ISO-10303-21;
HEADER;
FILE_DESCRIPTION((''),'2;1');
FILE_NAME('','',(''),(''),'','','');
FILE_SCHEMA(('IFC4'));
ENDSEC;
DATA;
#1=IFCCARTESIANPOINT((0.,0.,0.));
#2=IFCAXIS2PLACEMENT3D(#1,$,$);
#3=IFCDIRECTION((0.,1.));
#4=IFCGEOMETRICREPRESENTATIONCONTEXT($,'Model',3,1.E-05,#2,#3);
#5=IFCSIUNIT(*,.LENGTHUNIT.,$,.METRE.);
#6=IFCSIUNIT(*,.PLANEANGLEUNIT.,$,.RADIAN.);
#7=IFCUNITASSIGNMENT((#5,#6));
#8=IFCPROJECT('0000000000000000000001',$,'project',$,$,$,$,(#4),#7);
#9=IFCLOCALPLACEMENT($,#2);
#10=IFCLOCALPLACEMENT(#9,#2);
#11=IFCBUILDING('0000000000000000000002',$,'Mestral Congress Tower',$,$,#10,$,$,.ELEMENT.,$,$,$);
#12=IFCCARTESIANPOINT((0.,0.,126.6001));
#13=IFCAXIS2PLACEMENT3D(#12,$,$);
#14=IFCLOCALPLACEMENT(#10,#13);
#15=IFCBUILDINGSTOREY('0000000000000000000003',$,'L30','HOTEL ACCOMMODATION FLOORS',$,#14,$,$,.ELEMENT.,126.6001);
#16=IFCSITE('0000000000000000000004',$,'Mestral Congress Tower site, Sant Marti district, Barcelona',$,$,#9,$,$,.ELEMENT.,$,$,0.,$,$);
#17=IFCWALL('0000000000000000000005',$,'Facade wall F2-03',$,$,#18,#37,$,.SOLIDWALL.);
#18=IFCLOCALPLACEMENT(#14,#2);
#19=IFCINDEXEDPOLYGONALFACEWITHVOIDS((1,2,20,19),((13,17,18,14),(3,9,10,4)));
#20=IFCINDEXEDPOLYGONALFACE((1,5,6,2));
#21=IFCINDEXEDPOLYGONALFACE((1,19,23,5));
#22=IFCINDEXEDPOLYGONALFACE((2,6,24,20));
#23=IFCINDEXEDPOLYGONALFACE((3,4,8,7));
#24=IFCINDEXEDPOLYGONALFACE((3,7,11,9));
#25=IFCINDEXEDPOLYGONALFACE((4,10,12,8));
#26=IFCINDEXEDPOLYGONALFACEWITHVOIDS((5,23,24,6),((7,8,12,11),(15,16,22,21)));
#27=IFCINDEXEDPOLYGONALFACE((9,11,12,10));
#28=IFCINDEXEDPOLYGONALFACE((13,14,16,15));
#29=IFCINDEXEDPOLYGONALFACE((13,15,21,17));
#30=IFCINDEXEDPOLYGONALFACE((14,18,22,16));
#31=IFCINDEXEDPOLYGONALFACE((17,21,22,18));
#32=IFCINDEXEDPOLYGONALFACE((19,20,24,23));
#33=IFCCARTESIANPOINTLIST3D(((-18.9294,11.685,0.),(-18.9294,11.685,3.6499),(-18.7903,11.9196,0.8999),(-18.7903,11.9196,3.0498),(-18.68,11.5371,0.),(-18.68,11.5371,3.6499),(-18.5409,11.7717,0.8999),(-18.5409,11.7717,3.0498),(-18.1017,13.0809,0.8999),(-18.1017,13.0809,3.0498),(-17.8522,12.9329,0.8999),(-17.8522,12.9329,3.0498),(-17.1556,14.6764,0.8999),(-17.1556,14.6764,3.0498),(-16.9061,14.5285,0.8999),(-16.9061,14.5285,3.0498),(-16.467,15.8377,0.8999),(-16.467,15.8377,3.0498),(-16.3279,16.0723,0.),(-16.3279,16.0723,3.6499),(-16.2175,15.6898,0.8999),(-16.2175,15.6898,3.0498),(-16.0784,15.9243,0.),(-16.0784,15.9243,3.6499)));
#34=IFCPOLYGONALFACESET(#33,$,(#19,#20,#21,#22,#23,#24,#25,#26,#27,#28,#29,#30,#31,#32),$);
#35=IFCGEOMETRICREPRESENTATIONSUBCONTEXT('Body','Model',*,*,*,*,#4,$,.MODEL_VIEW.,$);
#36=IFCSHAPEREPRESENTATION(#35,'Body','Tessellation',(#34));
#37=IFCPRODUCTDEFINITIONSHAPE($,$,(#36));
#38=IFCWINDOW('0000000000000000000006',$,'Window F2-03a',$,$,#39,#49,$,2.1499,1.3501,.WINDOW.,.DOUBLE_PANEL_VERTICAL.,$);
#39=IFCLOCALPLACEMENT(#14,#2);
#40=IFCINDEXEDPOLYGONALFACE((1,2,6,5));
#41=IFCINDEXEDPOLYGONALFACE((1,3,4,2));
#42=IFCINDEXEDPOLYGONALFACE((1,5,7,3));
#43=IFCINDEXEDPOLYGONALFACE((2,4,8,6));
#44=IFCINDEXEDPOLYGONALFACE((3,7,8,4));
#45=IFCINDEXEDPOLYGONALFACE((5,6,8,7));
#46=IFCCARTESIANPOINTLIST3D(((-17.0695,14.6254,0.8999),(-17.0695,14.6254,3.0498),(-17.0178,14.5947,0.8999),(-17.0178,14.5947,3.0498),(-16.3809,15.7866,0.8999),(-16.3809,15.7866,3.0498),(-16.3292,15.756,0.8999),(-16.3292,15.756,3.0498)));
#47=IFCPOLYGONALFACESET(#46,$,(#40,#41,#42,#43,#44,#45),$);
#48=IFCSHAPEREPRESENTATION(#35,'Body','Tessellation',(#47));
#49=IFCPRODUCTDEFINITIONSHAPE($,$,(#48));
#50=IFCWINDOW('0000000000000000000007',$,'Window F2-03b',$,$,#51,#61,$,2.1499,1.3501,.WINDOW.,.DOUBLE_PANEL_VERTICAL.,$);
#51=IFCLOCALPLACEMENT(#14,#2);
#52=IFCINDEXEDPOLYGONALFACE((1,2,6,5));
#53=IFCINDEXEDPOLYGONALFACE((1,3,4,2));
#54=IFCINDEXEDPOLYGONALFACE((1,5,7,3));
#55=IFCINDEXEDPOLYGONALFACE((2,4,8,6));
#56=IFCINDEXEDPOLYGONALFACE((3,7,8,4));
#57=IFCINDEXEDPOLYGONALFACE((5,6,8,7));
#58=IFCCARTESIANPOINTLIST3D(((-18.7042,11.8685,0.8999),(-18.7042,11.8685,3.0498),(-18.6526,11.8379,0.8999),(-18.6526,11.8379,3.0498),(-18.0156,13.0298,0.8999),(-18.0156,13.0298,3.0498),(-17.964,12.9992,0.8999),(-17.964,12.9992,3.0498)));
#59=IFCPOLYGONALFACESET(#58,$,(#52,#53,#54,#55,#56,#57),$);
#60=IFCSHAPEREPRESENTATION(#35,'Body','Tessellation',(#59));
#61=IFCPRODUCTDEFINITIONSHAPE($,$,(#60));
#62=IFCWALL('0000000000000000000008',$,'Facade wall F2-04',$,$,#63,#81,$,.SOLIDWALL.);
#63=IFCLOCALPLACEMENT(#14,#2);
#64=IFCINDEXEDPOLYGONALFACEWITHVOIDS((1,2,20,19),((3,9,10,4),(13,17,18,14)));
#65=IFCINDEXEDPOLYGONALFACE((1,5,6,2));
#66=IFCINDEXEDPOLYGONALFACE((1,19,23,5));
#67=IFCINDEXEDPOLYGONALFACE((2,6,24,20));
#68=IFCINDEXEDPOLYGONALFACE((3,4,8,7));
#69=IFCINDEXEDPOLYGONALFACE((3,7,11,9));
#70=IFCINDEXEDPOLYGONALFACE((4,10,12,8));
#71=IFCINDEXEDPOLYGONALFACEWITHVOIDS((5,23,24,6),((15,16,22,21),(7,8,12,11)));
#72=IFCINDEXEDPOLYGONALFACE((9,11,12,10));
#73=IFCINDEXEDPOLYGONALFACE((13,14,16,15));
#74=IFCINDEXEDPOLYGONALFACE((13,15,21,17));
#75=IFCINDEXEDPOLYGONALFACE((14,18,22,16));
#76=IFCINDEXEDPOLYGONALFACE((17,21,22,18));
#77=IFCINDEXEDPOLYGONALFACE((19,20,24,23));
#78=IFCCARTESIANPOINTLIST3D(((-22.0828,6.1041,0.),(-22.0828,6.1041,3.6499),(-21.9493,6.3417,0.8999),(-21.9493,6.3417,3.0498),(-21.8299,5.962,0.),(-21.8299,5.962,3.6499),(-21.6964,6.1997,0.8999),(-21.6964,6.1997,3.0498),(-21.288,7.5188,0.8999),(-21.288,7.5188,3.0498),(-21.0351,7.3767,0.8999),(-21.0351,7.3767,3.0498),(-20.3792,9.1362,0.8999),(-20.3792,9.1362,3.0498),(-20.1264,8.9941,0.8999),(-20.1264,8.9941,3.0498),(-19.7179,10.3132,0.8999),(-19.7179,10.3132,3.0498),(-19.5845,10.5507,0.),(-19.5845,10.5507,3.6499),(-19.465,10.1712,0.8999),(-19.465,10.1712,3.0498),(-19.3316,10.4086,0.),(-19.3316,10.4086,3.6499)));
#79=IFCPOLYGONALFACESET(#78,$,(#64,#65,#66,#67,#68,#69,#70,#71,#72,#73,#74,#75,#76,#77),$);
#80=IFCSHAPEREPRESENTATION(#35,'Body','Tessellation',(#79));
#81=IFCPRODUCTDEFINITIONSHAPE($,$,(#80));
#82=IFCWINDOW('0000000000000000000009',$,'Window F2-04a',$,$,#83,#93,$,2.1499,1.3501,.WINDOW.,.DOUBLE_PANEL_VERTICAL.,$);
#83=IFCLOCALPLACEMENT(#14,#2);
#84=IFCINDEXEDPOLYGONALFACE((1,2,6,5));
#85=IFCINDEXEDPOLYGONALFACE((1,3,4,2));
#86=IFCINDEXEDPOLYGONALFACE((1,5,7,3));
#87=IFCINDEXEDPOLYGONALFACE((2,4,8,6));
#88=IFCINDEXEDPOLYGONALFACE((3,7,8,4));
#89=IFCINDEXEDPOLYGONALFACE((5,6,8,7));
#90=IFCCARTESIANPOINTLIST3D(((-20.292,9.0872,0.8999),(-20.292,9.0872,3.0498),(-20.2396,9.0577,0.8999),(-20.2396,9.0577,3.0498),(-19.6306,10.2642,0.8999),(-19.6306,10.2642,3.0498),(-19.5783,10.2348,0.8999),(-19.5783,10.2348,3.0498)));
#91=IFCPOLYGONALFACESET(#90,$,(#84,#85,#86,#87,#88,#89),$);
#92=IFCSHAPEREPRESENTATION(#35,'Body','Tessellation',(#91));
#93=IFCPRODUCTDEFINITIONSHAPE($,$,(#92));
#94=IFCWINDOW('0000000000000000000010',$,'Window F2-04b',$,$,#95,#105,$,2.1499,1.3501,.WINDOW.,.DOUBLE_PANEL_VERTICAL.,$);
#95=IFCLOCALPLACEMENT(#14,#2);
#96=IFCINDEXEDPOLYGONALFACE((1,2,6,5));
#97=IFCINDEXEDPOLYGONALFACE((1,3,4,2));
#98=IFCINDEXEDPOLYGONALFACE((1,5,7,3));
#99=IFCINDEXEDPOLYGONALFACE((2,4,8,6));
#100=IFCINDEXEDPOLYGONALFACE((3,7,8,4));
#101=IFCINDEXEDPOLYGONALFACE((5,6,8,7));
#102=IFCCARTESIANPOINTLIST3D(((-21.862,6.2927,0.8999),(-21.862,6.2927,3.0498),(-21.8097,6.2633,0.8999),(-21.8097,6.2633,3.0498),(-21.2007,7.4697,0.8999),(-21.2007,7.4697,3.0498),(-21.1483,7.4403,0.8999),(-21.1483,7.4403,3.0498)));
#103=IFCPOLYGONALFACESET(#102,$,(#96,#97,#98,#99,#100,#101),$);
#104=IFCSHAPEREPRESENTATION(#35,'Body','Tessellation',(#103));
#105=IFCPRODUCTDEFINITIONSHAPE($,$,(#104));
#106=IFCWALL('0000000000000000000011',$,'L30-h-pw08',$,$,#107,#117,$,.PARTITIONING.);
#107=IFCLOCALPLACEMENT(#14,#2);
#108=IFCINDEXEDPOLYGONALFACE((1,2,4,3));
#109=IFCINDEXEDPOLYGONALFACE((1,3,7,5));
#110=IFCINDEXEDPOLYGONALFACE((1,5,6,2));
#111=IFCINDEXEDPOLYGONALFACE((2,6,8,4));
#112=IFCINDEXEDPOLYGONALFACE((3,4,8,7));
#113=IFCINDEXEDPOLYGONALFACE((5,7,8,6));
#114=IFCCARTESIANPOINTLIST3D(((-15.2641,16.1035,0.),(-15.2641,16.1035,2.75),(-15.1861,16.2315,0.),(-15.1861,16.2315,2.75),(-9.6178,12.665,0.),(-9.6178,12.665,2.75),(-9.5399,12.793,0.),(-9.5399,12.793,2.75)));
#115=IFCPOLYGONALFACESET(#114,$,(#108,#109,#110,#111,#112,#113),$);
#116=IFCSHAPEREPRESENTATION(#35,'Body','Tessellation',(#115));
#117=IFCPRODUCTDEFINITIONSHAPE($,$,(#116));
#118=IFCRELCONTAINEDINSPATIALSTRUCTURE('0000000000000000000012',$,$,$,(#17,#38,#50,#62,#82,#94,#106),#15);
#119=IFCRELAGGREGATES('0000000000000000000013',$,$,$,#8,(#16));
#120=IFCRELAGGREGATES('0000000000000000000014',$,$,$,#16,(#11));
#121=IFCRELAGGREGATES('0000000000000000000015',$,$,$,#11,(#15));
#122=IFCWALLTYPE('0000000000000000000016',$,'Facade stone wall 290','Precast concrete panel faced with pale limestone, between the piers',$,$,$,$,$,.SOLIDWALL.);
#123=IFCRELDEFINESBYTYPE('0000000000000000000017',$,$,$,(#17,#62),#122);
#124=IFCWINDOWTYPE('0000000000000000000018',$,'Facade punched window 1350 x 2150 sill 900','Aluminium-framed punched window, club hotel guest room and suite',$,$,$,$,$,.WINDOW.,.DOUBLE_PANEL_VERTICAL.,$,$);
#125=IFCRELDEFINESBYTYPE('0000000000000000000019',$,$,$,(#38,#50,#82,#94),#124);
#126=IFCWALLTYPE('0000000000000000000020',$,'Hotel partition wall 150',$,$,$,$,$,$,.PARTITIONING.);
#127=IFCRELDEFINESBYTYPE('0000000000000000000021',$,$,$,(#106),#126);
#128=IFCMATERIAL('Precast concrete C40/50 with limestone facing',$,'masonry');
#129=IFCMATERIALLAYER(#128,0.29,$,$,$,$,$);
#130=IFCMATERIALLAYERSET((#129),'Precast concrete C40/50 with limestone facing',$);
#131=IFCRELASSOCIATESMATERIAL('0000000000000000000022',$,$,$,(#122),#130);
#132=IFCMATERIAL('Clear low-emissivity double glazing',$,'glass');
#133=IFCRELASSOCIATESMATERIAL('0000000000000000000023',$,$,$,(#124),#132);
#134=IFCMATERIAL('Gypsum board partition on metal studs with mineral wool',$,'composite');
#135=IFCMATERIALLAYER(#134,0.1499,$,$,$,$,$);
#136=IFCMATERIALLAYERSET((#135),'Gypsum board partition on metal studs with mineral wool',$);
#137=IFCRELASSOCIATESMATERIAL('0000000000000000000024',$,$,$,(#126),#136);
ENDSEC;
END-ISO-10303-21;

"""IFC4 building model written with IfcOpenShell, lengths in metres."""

from ifc_helpers import new_model, si_unit, direction, frame, frame_2d, origin, place, context, subcontext, project, spatial, rectangle, extrude, material, layer, layer_set, type_object, element, fill, save


model = new_model("IFC4")

# Units and contexts
model_context = context("Model", 3, precision=1e-05, world=origin(), true_north=direction((0.0, 1.0)))
body_context = subcontext(model_context, "Body", "Model", "MODEL_VIEW")
ifc_project = project(units=[si_unit("LENGTHUNIT", "METRE"), si_unit("PLANEANGLEUNIT", "RADIAN")], contexts=[model_context])

# Site, building, storey
site_placement = place(None, origin())
site = spatial("IfcSite", under=ifc_project, at=site_placement, Name="Mestral Congress Tower site, Sant Marti district, Barcelona", CompositionType="ELEMENT", RefElevation=0.0)
building_placement = place(site_placement, origin())
building = spatial("IfcBuilding", under=site, at=building_placement, Name="Mestral Congress Tower", CompositionType="ELEMENT")
storey_placement = place(building_placement, frame((0.0, 0.0, 126.6001)))
storey = spatial("IfcBuildingStorey", under=building, at=storey_placement, Name="L30", Description="HOTEL ACCOMMODATION FLOORS", CompositionType="ELEMENT", Elevation=126.6001)

# Walls, openings, windows
ifc_material_1 = material(Name="Precast concrete C40/50 with limestone facing", Category="masonry")
ifc_layer_1 = layer(ifc_material_1, 0.29)
ifc_layer_set_1 = layer_set([ifc_layer_1], Name="Precast concrete C40/50 with limestone facing")
wall_type_1 = type_object("IfcWallType", Name="Facade stone wall 290", Description="Precast concrete panel faced with pale limestone, between the piers", PredefinedType="SOLIDWALL", material=ifc_layer_set_1)
ifc_material_2 = material(Name="Clear low-emissivity double glazing", Category="glass")
window_type = type_object("IfcWindowType", Name="Facade punched window 1350 x 2150 sill 900", Description="Aluminium-framed punched window, club hotel guest room and suite", PartitioningType="DOUBLE_PANEL_VERTICAL", PredefinedType="WINDOW", material=ifc_material_2)
wall_1_placement = place(storey_placement, frame((-16.2031, 15.9983, 0.0), z_axis=(0.0, 0.0, 1.0), x_axis=(-0.510054, -0.860142, 0.0)))
wall_1 = element("IfcWall", 1, at=wall_1_placement, inside=storey, type_object=wall_type_1, Name="Facade wall F2-03", PredefinedType="SOLIDWALL", context=body_context, shape_type="SweptSolid", body=[
    extrude(rectangle(XDim=5.1006, YDim=0.29, at=frame_2d((2.5503, 0.0))), origin(), (0.0, 0.0, 1.0), 3.6499),
])
opening_1_placement = place(wall_1_placement, frame((0.2727, 0.0, 0.8999)))
opening_1 = element("IfcOpeningElement", 2, at=opening_1_placement, cuts=wall_1, PredefinedType="OPENING", context=body_context, shape_type="SweptSolid", body=[
    extrude(rectangle(XDim=1.3501, YDim=2.1499, at=frame_2d((0.675, 1.075))), frame((0.0, 0.155, 0.0), z_axis=(0.0, -1.0, 0.0), x_axis=(1.0, 0.0, 0.0)), (0.0, 0.0, 1.0), 0.3101),
])
opening_2_placement = place(wall_1_placement, frame((3.4778, 0.0, 0.8999)))
opening_2 = element("IfcOpeningElement", 3, at=opening_2_placement, cuts=wall_1, PredefinedType="OPENING", context=body_context, shape_type="SweptSolid", body=[
    extrude(rectangle(XDim=1.3501, YDim=2.1499, at=frame_2d((0.675, 1.075))), frame((0.0, 0.155, 0.0), z_axis=(0.0, -1.0, 0.0), x_axis=(1.0, 0.0, 0.0)), (0.0, 0.0, 1.0), 0.3101),
])
window_1_placement = place(opening_1_placement, origin())
window_1 = element("IfcWindow", 4, at=window_1_placement, inside=storey, type_object=window_type, Name="Window F2-03a", OverallHeight=2.1499, OverallWidth=1.3501, PartitioningType="DOUBLE_PANEL_VERTICAL", PredefinedType="WINDOW", context=body_context, shape_type="SweptSolid", body=[
    extrude(rectangle(XDim=1.3501, YDim=2.1499, at=frame_2d((0.675, 1.075))), frame((0.0, 0.0151, 0.0), z_axis=(0.0, -1.0, 0.0), x_axis=(1.0, 0.0, 0.0)), (0.0, 0.0, 1.0), 0.0601),
])
fill(opening_1, window_1)
window_2_placement = place(opening_2_placement, origin())
window_2 = element("IfcWindow", 5, at=window_2_placement, inside=storey, type_object=window_type, Name="Window F2-03b", OverallHeight=2.1499, OverallWidth=1.3501, PartitioningType="DOUBLE_PANEL_VERTICAL", PredefinedType="WINDOW", context=body_context, shape_type="SweptSolid", body=[
    extrude(rectangle(XDim=1.3501, YDim=2.1499, at=frame_2d((0.675, 1.075))), frame((0.0, 0.0151, 0.0), z_axis=(0.0, -1.0, 0.0), x_axis=(1.0, 0.0, 0.0)), (0.0, 0.0, 1.0), 0.0601),
])
fill(opening_2, window_2)
wall_2_placement = place(storey_placement, frame((-19.458, 10.4797, 0.0), z_axis=(0.0, 0.0, 1.0), x_axis=(-0.489832, -0.871817, 0.0)))
wall_2 = element("IfcWall", 6, at=wall_2_placement, inside=storey, type_object=wall_type_1, Name="Facade wall F2-04", PredefinedType="SOLIDWALL", context=body_context, shape_type="SweptSolid", body=[
    extrude(rectangle(XDim=5.1003, YDim=0.29, at=frame_2d((2.5503, 0.0))), origin(), (0.0, 0.0, 1.0), 3.6499),
])
opening_3_placement = place(wall_2_placement, frame((0.2725, 0.0, 0.8999)))
opening_3 = element("IfcOpeningElement", 7, at=opening_3_placement, cuts=wall_2, PredefinedType="OPENING", context=body_context, shape_type="SweptSolid", body=[
    extrude(rectangle(XDim=1.3501, YDim=2.1499, at=frame_2d((0.675, 1.075))), frame((0.0, 0.155, 0.0), z_axis=(0.0, -1.0, 0.0), x_axis=(1.0, 0.0, 0.0)), (0.0, 0.0, 1.0), 0.3101),
])
opening_4_placement = place(wall_2_placement, frame((3.4778, 0.0, 0.8999)))
opening_4 = element("IfcOpeningElement", 8, at=opening_4_placement, cuts=wall_2, PredefinedType="OPENING", context=body_context, shape_type="SweptSolid", body=[
    extrude(rectangle(XDim=1.3501, YDim=2.1499, at=frame_2d((0.675, 1.075))), frame((0.0, 0.155, 0.0), z_axis=(0.0, -1.0, 0.0), x_axis=(1.0, 0.0, 0.0)), (0.0, 0.0, 1.0), 0.3101),
])
window_3_placement = place(opening_3_placement, origin())
window_3 = element("IfcWindow", 9, at=window_3_placement, inside=storey, type_object=window_type, Name="Window F2-04a", OverallHeight=2.1499, OverallWidth=1.3501, PartitioningType="DOUBLE_PANEL_VERTICAL", PredefinedType="WINDOW", context=body_context, shape_type="SweptSolid", body=[
    extrude(rectangle(XDim=1.3501, YDim=2.1499, at=frame_2d((0.675, 1.075))), frame((0.0, 0.0151, 0.0), z_axis=(0.0, -1.0, 0.0), x_axis=(1.0, 0.0, 0.0)), (0.0, 0.0, 1.0), 0.0601),
])
fill(opening_3, window_3)
window_4_placement = place(opening_4_placement, origin())
window_4 = element("IfcWindow", 10, at=window_4_placement, inside=storey, type_object=window_type, Name="Window F2-04b", OverallHeight=2.1499, OverallWidth=1.3501, PartitioningType="DOUBLE_PANEL_VERTICAL", PredefinedType="WINDOW", context=body_context, shape_type="SweptSolid", body=[
    extrude(rectangle(XDim=1.3501, YDim=2.1499, at=frame_2d((0.675, 1.075))), frame((0.0, 0.0151, 0.0), z_axis=(0.0, -1.0, 0.0), x_axis=(1.0, 0.0, 0.0)), (0.0, 0.0, 1.0), 0.0601),
])
fill(opening_4, window_4)

# Wall
ifc_material_3 = material(Name="Gypsum board partition on metal studs with mineral wool", Category="composite")
ifc_layer_2 = layer(ifc_material_3, 0.1499)
ifc_layer_set_2 = layer_set([ifc_layer_2], Name="Gypsum board partition on metal studs with mineral wool")
wall_type_2 = type_object("IfcWallType", Name="Hotel partition wall 150", PredefinedType="PARTITIONING", material=ifc_layer_set_2)
wall_3_placement = place(storey_placement, frame((-15.2251, 16.1675, 0.0), z_axis=(0.0, 0.0, 1.0), x_axis=(0.854089, -0.520127, 0.0)))
element("IfcWall", 11, at=wall_3_placement, inside=storey, type_object=wall_type_2, Name="L30-h-pw08", PredefinedType="PARTITIONING", context=body_context, shape_type="SweptSolid", body=[
    extrude(rectangle(XDim=6.6108, YDim=0.1499, at=frame_2d((3.3054, 0.0))), origin(), (0.0, 0.0, 1.0), 2.75),
])

save(model, "model.ifc")
